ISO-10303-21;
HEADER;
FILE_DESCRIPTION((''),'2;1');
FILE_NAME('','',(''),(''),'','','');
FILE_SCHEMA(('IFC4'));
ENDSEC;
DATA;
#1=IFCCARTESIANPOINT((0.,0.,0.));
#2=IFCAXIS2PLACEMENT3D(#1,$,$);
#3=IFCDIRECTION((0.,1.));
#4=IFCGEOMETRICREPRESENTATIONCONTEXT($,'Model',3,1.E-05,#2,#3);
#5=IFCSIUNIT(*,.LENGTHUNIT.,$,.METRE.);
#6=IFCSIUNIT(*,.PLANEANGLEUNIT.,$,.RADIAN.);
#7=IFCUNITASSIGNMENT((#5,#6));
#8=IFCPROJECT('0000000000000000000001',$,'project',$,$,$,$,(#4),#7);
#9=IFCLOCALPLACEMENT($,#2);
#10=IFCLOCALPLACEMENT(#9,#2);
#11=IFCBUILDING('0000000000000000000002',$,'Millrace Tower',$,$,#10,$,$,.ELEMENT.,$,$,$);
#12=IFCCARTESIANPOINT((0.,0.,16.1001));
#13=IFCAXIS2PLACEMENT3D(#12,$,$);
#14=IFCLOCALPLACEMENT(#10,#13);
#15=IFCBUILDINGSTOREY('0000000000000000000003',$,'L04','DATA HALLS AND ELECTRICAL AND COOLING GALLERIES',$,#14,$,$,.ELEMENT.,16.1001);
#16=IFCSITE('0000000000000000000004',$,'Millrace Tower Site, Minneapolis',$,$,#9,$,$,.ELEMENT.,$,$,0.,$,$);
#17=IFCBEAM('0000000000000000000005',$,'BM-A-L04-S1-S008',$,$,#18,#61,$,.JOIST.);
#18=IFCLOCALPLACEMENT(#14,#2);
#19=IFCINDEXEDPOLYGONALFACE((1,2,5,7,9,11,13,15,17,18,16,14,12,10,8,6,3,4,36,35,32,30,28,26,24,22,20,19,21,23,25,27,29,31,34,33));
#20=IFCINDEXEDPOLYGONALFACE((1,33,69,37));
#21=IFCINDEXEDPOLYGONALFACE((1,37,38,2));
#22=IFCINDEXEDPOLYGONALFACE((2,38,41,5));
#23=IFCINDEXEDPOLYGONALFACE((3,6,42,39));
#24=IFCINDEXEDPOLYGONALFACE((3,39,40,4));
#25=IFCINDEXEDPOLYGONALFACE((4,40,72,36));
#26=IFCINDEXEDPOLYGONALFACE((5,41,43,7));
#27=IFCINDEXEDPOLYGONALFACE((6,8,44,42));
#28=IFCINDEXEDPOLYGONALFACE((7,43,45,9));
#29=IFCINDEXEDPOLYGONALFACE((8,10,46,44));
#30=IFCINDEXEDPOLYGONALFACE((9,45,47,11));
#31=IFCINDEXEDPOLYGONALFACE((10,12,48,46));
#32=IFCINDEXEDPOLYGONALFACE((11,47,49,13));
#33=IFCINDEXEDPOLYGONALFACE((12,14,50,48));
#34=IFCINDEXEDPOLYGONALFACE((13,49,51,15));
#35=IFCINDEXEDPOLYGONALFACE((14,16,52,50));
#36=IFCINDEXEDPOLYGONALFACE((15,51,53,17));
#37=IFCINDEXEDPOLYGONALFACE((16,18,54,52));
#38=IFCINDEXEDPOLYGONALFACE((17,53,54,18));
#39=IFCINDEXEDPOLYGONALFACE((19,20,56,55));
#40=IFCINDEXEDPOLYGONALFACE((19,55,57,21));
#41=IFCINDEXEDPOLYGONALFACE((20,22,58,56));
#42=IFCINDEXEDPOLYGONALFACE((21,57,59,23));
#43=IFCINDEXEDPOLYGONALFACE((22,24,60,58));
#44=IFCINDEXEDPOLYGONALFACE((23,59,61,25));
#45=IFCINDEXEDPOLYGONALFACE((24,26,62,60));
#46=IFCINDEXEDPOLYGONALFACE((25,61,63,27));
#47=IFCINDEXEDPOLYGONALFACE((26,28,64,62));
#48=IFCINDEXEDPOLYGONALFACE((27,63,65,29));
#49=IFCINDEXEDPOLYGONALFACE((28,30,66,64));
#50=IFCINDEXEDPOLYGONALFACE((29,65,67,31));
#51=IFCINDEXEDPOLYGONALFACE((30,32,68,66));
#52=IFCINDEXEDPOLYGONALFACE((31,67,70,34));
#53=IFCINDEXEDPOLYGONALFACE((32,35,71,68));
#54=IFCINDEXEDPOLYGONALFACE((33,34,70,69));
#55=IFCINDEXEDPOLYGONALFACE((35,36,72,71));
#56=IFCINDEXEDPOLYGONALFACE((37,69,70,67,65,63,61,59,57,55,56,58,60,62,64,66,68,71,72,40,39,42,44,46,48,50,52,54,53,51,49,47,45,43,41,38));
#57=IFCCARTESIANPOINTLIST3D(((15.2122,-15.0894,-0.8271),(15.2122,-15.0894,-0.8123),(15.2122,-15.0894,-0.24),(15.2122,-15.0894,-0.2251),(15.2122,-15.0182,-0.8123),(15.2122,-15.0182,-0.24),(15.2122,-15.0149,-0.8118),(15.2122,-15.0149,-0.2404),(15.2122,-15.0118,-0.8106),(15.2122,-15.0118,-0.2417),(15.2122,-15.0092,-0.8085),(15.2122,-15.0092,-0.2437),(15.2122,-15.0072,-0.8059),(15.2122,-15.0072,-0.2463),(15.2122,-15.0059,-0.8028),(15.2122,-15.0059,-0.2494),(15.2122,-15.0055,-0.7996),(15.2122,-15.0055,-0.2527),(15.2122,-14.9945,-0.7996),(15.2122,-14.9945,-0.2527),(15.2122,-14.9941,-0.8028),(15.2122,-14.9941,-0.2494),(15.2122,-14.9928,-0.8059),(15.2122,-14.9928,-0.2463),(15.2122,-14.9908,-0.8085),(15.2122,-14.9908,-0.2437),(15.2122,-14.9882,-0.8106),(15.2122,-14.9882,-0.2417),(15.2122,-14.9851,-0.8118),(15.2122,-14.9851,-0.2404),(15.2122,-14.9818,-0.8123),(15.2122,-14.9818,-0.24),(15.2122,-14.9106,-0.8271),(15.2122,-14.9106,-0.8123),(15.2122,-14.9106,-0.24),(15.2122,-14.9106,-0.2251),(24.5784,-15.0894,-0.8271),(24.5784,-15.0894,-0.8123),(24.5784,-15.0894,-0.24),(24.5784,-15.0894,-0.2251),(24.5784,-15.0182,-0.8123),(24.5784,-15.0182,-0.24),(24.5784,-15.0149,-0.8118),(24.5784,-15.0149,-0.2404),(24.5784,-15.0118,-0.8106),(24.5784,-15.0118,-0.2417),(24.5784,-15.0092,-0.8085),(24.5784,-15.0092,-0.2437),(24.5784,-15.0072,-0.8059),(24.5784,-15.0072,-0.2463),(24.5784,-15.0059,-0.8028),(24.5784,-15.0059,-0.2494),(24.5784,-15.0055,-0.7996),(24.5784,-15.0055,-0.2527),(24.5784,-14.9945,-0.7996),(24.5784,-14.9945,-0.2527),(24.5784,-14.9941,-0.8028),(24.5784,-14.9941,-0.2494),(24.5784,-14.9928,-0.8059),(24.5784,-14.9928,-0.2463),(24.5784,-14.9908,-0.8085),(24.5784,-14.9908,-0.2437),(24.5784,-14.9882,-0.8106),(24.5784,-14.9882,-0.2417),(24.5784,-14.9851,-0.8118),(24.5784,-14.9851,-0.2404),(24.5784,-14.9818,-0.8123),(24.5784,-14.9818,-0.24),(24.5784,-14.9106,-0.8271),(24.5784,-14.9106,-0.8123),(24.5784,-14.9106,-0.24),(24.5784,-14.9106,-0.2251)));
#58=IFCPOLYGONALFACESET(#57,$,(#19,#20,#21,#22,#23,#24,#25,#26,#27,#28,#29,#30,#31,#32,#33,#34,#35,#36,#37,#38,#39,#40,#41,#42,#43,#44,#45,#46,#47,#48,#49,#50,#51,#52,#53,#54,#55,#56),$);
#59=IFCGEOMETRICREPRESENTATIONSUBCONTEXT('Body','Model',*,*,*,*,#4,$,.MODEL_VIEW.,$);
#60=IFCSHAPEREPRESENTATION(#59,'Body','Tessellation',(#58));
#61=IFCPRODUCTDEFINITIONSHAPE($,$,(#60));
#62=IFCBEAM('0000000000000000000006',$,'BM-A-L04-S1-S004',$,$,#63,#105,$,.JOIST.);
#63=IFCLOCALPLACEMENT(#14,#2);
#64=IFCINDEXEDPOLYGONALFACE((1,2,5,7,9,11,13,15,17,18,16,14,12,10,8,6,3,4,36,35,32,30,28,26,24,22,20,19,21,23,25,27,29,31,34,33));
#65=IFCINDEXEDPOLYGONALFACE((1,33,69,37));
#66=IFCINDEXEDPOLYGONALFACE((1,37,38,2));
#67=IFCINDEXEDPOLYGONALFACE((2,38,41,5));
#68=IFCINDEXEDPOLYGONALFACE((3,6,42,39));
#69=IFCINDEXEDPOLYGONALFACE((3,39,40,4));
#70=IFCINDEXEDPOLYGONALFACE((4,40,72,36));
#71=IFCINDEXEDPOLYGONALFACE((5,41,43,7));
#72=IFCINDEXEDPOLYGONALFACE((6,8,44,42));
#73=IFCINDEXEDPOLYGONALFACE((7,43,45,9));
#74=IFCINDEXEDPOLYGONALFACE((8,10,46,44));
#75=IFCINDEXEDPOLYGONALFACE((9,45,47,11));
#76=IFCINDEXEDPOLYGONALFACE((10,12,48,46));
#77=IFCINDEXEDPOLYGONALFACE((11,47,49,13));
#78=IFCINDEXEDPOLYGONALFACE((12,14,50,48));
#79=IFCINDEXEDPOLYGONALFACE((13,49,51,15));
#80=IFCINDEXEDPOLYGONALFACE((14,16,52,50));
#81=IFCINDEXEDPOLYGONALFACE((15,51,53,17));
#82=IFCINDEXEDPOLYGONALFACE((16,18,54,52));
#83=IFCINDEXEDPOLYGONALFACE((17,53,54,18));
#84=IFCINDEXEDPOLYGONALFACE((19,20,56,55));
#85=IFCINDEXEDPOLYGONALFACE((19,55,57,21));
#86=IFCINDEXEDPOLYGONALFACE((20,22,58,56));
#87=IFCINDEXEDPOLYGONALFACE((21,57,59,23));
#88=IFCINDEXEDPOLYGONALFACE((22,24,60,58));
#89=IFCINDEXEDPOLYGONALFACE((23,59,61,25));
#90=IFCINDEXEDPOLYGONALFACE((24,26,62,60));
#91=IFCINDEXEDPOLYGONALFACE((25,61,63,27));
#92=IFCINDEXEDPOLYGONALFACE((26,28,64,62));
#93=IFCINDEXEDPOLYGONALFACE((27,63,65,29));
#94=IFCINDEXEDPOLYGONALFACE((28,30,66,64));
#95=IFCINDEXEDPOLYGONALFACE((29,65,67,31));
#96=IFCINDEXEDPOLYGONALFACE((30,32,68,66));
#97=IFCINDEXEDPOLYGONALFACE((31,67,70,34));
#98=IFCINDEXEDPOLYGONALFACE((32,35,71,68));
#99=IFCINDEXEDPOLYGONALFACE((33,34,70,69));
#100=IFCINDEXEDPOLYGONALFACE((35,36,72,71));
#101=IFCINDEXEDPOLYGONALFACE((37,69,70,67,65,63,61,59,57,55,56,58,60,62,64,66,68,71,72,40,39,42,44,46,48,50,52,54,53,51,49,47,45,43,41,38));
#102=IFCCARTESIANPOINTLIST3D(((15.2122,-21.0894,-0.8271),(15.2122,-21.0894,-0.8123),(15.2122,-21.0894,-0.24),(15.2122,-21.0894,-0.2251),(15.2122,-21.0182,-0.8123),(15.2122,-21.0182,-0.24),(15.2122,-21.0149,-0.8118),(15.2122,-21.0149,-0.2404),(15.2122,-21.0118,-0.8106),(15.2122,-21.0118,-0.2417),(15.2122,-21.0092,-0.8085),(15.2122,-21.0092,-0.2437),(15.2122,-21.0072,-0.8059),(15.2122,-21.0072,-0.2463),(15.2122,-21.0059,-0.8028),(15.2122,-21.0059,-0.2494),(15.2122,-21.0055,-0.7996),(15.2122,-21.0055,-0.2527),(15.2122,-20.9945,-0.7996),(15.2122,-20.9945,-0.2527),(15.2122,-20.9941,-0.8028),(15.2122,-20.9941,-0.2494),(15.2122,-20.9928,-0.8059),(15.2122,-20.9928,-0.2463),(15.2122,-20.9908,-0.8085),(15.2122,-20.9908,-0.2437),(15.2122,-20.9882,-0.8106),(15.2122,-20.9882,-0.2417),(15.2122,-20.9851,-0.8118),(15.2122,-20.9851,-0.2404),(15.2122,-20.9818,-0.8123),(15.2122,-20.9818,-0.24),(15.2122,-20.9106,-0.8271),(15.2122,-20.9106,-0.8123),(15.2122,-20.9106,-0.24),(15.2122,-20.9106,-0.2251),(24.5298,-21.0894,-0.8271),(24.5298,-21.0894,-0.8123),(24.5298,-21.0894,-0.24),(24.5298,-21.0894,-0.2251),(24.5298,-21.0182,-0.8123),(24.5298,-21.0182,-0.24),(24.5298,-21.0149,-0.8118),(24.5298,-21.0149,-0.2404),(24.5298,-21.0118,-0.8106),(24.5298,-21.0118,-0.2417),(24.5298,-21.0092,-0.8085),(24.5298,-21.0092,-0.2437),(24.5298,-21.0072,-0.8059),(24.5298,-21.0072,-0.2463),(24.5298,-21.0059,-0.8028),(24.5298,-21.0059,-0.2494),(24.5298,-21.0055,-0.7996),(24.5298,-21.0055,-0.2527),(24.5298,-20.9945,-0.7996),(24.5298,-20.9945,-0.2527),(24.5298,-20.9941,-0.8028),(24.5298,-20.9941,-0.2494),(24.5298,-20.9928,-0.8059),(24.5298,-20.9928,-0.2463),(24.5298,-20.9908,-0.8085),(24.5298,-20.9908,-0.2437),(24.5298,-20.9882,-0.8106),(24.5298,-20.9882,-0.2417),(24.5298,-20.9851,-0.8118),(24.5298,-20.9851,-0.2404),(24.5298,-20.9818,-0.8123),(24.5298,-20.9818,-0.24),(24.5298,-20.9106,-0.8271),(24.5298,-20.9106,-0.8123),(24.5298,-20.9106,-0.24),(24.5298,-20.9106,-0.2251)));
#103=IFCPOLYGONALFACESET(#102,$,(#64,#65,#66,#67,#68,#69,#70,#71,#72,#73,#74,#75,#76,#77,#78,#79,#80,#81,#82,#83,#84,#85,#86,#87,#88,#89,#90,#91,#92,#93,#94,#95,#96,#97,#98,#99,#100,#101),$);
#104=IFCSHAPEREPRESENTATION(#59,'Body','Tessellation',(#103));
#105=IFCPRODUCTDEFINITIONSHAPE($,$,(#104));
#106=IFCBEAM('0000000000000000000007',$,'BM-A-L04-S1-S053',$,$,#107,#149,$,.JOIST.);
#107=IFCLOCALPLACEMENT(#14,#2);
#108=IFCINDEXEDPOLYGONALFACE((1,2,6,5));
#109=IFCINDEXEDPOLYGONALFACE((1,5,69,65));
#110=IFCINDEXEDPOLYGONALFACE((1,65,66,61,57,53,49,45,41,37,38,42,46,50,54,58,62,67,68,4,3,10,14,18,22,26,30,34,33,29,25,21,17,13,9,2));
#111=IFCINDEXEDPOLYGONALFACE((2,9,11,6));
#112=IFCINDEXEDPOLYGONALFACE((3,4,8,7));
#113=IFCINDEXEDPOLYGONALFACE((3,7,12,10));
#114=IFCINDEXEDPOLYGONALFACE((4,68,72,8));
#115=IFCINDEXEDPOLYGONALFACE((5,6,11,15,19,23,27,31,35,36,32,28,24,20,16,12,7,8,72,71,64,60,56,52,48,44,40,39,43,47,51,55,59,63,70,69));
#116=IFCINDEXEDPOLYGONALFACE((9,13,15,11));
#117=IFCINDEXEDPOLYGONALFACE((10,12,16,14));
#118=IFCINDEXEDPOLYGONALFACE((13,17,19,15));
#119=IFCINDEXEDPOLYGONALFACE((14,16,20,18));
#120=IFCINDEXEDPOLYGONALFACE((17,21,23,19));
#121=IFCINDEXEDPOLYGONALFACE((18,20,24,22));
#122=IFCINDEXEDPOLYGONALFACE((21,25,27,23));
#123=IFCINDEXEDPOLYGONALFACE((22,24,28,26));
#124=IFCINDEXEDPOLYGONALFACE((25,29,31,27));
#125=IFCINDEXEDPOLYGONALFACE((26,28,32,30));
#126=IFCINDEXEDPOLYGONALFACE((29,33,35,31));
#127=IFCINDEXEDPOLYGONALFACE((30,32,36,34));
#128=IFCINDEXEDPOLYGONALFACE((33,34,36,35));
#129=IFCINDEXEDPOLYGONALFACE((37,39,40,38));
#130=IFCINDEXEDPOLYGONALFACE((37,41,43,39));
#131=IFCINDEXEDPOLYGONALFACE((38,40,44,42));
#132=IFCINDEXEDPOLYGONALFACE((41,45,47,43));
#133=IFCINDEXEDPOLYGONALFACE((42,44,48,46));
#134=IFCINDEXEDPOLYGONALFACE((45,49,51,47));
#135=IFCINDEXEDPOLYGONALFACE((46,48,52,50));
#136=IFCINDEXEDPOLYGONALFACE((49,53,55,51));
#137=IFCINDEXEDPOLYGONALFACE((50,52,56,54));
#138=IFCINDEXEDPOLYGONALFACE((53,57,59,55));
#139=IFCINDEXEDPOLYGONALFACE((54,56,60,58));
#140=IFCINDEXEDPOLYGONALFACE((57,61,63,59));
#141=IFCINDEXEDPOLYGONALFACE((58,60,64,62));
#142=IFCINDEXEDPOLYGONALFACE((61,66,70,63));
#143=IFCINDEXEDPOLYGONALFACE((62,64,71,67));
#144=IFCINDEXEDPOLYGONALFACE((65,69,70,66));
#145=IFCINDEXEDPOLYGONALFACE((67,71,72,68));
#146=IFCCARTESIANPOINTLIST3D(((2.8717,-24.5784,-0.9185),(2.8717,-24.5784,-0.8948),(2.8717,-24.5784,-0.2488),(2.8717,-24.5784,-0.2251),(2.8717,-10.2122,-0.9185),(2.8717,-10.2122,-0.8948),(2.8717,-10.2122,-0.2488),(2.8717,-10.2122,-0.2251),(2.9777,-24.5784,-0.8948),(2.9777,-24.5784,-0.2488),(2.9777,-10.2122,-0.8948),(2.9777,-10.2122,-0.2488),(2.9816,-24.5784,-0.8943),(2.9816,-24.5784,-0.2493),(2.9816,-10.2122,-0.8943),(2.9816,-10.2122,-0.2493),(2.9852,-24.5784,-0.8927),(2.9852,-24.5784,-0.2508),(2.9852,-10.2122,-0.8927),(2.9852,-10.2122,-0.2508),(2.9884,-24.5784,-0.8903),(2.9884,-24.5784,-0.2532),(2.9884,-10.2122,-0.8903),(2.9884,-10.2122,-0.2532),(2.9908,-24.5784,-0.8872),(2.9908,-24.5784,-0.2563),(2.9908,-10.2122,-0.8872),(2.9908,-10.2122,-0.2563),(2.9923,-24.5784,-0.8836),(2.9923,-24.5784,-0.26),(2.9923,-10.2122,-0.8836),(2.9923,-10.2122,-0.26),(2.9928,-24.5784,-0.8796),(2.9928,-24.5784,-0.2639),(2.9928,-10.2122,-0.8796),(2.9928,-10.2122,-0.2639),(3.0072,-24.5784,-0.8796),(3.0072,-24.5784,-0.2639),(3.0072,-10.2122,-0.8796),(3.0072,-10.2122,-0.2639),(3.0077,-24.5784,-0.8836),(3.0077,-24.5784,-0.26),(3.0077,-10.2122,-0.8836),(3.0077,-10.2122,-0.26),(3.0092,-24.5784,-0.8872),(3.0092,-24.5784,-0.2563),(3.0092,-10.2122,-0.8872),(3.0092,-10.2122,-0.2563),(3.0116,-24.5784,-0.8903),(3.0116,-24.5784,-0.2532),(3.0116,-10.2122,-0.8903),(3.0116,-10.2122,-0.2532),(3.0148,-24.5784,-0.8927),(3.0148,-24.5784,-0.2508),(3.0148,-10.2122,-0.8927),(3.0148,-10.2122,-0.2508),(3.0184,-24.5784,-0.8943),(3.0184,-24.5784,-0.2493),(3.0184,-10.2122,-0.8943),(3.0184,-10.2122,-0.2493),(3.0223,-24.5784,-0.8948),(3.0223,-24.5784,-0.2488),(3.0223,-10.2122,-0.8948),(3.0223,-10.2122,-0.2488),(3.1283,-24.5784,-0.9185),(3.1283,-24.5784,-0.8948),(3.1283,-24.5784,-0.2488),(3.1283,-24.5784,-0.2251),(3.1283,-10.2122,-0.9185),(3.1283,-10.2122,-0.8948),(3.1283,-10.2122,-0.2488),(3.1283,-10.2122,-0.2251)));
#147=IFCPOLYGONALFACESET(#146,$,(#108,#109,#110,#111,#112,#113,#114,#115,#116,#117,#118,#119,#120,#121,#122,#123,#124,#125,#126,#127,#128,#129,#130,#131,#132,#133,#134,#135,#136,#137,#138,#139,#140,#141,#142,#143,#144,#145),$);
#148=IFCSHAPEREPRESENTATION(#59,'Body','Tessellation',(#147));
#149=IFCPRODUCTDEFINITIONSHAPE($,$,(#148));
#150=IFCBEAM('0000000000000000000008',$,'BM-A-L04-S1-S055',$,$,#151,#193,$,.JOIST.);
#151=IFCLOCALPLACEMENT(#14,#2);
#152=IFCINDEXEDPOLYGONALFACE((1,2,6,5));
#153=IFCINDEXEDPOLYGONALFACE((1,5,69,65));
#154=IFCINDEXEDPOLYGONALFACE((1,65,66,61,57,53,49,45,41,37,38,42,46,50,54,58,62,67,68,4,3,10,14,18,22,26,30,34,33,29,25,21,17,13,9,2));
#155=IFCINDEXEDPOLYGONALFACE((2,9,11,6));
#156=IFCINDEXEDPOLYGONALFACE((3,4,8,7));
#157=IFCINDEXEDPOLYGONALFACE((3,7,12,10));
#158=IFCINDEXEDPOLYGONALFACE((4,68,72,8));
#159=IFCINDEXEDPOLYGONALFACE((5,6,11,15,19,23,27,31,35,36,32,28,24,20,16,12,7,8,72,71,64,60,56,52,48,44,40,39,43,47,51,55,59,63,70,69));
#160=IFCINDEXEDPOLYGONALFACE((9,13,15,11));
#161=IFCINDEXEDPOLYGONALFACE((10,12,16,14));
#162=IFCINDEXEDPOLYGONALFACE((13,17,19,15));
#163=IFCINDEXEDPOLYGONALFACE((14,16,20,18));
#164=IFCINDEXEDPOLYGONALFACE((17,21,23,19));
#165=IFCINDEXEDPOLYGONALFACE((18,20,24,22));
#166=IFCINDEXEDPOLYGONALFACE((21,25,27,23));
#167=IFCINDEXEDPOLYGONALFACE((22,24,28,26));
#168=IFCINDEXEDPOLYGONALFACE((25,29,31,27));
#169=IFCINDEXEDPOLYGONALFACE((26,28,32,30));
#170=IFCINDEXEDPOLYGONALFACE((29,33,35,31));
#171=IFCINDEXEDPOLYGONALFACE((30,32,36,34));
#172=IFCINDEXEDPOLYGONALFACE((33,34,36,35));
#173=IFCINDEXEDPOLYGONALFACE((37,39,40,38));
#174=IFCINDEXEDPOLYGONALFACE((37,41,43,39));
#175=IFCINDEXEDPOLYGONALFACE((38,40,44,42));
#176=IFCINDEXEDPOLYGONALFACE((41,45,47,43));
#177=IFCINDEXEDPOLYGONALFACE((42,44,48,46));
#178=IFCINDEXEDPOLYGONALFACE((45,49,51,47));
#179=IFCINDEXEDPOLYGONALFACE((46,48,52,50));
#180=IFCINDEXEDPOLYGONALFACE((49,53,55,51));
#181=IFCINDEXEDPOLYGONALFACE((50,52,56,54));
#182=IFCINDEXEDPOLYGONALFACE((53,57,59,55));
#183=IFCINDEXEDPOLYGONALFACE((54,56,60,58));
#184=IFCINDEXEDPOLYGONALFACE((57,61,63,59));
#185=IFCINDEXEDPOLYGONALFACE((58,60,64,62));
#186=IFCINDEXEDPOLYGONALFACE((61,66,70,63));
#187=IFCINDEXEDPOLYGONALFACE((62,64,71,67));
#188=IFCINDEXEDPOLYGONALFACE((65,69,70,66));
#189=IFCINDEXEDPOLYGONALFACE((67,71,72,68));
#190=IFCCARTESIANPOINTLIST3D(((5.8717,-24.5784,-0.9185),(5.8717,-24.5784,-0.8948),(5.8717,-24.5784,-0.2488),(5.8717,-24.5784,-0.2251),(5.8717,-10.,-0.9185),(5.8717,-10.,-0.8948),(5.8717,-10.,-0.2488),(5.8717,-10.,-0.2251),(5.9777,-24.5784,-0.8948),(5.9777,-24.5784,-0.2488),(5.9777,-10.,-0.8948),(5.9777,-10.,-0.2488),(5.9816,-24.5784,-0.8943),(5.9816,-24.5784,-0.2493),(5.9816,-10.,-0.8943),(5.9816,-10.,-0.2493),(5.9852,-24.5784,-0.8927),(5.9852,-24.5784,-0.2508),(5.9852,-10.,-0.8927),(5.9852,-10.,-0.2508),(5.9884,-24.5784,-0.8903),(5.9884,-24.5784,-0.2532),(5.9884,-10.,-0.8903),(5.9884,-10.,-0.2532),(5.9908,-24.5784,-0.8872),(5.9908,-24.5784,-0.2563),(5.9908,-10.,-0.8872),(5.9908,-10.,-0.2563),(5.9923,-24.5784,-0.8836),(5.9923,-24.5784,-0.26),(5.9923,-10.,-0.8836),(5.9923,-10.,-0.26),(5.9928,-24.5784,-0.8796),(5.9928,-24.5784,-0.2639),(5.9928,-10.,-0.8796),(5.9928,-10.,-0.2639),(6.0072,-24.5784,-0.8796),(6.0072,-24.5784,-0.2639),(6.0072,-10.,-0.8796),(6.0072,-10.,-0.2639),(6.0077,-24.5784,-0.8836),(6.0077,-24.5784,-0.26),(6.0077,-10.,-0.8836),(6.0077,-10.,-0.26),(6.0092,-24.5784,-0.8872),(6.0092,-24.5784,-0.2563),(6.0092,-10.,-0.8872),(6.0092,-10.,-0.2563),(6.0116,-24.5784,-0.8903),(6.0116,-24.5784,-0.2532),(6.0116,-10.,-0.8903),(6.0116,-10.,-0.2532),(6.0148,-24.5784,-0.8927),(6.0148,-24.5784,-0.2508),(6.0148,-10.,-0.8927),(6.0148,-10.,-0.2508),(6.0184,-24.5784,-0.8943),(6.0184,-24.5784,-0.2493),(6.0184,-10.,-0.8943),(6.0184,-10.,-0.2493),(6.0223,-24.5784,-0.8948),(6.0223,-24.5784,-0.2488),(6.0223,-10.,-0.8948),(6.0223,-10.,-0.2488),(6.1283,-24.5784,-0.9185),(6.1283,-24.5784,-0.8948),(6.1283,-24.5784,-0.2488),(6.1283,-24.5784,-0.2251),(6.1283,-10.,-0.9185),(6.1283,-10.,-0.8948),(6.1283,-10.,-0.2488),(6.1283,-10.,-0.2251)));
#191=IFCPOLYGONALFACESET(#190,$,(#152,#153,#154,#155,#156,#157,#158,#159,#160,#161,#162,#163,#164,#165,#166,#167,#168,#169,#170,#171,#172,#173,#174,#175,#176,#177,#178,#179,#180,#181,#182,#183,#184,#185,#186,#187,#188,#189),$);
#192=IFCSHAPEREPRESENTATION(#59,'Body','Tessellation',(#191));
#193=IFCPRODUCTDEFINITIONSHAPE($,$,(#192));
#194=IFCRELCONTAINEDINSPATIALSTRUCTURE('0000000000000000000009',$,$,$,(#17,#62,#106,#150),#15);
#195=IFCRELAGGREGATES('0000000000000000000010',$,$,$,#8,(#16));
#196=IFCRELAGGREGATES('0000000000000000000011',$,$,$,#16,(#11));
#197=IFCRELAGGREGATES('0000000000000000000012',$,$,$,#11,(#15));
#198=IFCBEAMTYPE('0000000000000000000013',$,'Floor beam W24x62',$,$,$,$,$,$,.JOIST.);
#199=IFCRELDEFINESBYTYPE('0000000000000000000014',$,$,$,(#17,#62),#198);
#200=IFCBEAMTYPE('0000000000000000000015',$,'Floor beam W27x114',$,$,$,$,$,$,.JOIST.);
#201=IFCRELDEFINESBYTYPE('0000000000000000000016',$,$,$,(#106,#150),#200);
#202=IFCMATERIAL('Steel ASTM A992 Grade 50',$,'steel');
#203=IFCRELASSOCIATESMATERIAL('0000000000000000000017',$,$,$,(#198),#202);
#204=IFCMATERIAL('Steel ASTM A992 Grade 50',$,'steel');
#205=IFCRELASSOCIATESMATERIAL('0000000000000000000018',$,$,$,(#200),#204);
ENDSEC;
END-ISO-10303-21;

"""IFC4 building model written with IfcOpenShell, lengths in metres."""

from ifc_helpers import new_model, si_unit, direction, frame, origin, origin_2d, place, context, subcontext, project, spatial, i_section, extrude, material, material_profile, profile_set, type_object, element, save


model = new_model("IFC4")

# Units and contexts
model_context = context("Model", 3, precision=1e-05, world=origin(), true_north=direction((0.0, 1.0)))
body_context = subcontext(model_context, "Body", "Model", "MODEL_VIEW")
ifc_project = project(units=[si_unit("LENGTHUNIT", "METRE"), si_unit("PLANEANGLEUNIT", "RADIAN")], contexts=[model_context])

# Site, building, storey
site_placement = place(None, origin())
site = spatial("IfcSite", under=ifc_project, at=site_placement, Name="Millrace Tower Site, Minneapolis", CompositionType="ELEMENT", RefElevation=0.0)
building_placement = place(site_placement, origin())
building = spatial("IfcBuilding", under=site, at=building_placement, Name="Millrace Tower", CompositionType="ELEMENT")
storey_placement = place(building_placement, frame((0.0, 0.0, 16.1001)))
storey = spatial("IfcBuildingStorey", under=building, at=storey_placement, Name="L04", Description="DATA HALLS AND ELECTRICAL AND COOLING GALLERIES", CompositionType="ELEMENT", Elevation=16.1001)

# Beams
ifc_material_1 = material(Name="Steel ASTM A992 Grade 50", Category="steel")
ifc_material_profile_1 = material_profile(ifc_material_1, i_section(OverallWidth=0.1787, OverallDepth=0.6021, WebThickness=0.011, FlangeThickness=0.0149, FilletRadius=0.0127, at=origin_2d()))
ifc_profile_set_1 = profile_set([ifc_material_profile_1], Name="Steel ASTM A992 Grade 50")
beam_type_1 = type_object("IfcBeamType", Name="Floor beam W24x62", PredefinedType="JOIST", material=ifc_profile_set_1)
for number, where, z_axis, x_axis, name in (
    (1, (15.2122, -15.0, -0.5261), (1.0, 0.0, 0.0), (0.0, 1.0, 0.0), "BM-A-L04-S1-S008"),
):
    element("IfcBeam", number, at=place(storey_placement, frame(where, z_axis=z_axis, x_axis=x_axis)), inside=storey, type_object=beam_type_1, Name=name, PredefinedType="JOIST", context=body_context, shape_type="SweptSolid", body=[
        extrude(i_section(OverallWidth=0.1787, OverallDepth=0.6021, WebThickness=0.011, FlangeThickness=0.0149, FilletRadius=0.0127, at=origin_2d()), origin(), (0.0, 0.0, 1.0), 9.3662),
    ])
beam_1_placement = place(storey_placement, frame((15.2122, -21.0, -0.5261), z_axis=(1.0, 0.0, 0.0), x_axis=(0.0, 1.0, 0.0)))
element("IfcBeam", 2, at=beam_1_placement, inside=storey, type_object=beam_type_1, Name="BM-A-L04-S1-S004", PredefinedType="JOIST", context=body_context, shape_type="SweptSolid", body=[
    extrude(i_section(OverallWidth=0.1787, OverallDepth=0.6021, WebThickness=0.011, FlangeThickness=0.0149, FilletRadius=0.0127, at=origin_2d()), origin(), (0.0, 0.0, 1.0), 9.3176),
])
ifc_material_2 = material(Name="Steel ASTM A992 Grade 50", Category="steel")
ifc_material_profile_2 = material_profile(ifc_material_2, i_section(OverallWidth=0.2566, OverallDepth=0.6934, WebThickness=0.0144, FlangeThickness=0.0237, FilletRadius=0.0151, at=origin_2d()))
ifc_profile_set_2 = profile_set([ifc_material_profile_2], Name="Steel ASTM A992 Grade 50")
beam_type_2 = type_object("IfcBeamType", Name="Floor beam W27x114", PredefinedType="JOIST", material=ifc_profile_set_2)
beam_2_placement = place(storey_placement, frame((3.0, -24.5784, -0.5718), z_axis=(0.0, 1.0, 0.0), x_axis=(-1.0, 0.0, 0.0)))
element("IfcBeam", 3, at=beam_2_placement, inside=storey, type_object=beam_type_2, Name="BM-A-L04-S1-S053", PredefinedType="JOIST", context=body_context, shape_type="SweptSolid", body=[
    extrude(i_section(OverallWidth=0.2566, OverallDepth=0.6934, WebThickness=0.0144, FlangeThickness=0.0237, FilletRadius=0.0151, at=origin_2d()), origin(), (0.0, 0.0, 1.0), 14.3662),
])
for number, where, z_axis, x_axis, name in (
    (4, (6.0, -24.5784, -0.5718), (0.0, 1.0, 0.0), (-1.0, 0.0, 0.0), "BM-A-L04-S1-S055"),
):
    element("IfcBeam", number, at=place(storey_placement, frame(where, z_axis=z_axis, x_axis=x_axis)), inside=storey, type_object=beam_type_2, Name=name, PredefinedType="JOIST", context=body_context, shape_type="SweptSolid", body=[
        extrude(i_section(OverallWidth=0.2566, OverallDepth=0.6934, WebThickness=0.0144, FlangeThickness=0.0237, FilletRadius=0.0151, at=origin_2d()), origin(), (0.0, 0.0, 1.0), 14.5784),
    ])

save(model, "model.ifc")
